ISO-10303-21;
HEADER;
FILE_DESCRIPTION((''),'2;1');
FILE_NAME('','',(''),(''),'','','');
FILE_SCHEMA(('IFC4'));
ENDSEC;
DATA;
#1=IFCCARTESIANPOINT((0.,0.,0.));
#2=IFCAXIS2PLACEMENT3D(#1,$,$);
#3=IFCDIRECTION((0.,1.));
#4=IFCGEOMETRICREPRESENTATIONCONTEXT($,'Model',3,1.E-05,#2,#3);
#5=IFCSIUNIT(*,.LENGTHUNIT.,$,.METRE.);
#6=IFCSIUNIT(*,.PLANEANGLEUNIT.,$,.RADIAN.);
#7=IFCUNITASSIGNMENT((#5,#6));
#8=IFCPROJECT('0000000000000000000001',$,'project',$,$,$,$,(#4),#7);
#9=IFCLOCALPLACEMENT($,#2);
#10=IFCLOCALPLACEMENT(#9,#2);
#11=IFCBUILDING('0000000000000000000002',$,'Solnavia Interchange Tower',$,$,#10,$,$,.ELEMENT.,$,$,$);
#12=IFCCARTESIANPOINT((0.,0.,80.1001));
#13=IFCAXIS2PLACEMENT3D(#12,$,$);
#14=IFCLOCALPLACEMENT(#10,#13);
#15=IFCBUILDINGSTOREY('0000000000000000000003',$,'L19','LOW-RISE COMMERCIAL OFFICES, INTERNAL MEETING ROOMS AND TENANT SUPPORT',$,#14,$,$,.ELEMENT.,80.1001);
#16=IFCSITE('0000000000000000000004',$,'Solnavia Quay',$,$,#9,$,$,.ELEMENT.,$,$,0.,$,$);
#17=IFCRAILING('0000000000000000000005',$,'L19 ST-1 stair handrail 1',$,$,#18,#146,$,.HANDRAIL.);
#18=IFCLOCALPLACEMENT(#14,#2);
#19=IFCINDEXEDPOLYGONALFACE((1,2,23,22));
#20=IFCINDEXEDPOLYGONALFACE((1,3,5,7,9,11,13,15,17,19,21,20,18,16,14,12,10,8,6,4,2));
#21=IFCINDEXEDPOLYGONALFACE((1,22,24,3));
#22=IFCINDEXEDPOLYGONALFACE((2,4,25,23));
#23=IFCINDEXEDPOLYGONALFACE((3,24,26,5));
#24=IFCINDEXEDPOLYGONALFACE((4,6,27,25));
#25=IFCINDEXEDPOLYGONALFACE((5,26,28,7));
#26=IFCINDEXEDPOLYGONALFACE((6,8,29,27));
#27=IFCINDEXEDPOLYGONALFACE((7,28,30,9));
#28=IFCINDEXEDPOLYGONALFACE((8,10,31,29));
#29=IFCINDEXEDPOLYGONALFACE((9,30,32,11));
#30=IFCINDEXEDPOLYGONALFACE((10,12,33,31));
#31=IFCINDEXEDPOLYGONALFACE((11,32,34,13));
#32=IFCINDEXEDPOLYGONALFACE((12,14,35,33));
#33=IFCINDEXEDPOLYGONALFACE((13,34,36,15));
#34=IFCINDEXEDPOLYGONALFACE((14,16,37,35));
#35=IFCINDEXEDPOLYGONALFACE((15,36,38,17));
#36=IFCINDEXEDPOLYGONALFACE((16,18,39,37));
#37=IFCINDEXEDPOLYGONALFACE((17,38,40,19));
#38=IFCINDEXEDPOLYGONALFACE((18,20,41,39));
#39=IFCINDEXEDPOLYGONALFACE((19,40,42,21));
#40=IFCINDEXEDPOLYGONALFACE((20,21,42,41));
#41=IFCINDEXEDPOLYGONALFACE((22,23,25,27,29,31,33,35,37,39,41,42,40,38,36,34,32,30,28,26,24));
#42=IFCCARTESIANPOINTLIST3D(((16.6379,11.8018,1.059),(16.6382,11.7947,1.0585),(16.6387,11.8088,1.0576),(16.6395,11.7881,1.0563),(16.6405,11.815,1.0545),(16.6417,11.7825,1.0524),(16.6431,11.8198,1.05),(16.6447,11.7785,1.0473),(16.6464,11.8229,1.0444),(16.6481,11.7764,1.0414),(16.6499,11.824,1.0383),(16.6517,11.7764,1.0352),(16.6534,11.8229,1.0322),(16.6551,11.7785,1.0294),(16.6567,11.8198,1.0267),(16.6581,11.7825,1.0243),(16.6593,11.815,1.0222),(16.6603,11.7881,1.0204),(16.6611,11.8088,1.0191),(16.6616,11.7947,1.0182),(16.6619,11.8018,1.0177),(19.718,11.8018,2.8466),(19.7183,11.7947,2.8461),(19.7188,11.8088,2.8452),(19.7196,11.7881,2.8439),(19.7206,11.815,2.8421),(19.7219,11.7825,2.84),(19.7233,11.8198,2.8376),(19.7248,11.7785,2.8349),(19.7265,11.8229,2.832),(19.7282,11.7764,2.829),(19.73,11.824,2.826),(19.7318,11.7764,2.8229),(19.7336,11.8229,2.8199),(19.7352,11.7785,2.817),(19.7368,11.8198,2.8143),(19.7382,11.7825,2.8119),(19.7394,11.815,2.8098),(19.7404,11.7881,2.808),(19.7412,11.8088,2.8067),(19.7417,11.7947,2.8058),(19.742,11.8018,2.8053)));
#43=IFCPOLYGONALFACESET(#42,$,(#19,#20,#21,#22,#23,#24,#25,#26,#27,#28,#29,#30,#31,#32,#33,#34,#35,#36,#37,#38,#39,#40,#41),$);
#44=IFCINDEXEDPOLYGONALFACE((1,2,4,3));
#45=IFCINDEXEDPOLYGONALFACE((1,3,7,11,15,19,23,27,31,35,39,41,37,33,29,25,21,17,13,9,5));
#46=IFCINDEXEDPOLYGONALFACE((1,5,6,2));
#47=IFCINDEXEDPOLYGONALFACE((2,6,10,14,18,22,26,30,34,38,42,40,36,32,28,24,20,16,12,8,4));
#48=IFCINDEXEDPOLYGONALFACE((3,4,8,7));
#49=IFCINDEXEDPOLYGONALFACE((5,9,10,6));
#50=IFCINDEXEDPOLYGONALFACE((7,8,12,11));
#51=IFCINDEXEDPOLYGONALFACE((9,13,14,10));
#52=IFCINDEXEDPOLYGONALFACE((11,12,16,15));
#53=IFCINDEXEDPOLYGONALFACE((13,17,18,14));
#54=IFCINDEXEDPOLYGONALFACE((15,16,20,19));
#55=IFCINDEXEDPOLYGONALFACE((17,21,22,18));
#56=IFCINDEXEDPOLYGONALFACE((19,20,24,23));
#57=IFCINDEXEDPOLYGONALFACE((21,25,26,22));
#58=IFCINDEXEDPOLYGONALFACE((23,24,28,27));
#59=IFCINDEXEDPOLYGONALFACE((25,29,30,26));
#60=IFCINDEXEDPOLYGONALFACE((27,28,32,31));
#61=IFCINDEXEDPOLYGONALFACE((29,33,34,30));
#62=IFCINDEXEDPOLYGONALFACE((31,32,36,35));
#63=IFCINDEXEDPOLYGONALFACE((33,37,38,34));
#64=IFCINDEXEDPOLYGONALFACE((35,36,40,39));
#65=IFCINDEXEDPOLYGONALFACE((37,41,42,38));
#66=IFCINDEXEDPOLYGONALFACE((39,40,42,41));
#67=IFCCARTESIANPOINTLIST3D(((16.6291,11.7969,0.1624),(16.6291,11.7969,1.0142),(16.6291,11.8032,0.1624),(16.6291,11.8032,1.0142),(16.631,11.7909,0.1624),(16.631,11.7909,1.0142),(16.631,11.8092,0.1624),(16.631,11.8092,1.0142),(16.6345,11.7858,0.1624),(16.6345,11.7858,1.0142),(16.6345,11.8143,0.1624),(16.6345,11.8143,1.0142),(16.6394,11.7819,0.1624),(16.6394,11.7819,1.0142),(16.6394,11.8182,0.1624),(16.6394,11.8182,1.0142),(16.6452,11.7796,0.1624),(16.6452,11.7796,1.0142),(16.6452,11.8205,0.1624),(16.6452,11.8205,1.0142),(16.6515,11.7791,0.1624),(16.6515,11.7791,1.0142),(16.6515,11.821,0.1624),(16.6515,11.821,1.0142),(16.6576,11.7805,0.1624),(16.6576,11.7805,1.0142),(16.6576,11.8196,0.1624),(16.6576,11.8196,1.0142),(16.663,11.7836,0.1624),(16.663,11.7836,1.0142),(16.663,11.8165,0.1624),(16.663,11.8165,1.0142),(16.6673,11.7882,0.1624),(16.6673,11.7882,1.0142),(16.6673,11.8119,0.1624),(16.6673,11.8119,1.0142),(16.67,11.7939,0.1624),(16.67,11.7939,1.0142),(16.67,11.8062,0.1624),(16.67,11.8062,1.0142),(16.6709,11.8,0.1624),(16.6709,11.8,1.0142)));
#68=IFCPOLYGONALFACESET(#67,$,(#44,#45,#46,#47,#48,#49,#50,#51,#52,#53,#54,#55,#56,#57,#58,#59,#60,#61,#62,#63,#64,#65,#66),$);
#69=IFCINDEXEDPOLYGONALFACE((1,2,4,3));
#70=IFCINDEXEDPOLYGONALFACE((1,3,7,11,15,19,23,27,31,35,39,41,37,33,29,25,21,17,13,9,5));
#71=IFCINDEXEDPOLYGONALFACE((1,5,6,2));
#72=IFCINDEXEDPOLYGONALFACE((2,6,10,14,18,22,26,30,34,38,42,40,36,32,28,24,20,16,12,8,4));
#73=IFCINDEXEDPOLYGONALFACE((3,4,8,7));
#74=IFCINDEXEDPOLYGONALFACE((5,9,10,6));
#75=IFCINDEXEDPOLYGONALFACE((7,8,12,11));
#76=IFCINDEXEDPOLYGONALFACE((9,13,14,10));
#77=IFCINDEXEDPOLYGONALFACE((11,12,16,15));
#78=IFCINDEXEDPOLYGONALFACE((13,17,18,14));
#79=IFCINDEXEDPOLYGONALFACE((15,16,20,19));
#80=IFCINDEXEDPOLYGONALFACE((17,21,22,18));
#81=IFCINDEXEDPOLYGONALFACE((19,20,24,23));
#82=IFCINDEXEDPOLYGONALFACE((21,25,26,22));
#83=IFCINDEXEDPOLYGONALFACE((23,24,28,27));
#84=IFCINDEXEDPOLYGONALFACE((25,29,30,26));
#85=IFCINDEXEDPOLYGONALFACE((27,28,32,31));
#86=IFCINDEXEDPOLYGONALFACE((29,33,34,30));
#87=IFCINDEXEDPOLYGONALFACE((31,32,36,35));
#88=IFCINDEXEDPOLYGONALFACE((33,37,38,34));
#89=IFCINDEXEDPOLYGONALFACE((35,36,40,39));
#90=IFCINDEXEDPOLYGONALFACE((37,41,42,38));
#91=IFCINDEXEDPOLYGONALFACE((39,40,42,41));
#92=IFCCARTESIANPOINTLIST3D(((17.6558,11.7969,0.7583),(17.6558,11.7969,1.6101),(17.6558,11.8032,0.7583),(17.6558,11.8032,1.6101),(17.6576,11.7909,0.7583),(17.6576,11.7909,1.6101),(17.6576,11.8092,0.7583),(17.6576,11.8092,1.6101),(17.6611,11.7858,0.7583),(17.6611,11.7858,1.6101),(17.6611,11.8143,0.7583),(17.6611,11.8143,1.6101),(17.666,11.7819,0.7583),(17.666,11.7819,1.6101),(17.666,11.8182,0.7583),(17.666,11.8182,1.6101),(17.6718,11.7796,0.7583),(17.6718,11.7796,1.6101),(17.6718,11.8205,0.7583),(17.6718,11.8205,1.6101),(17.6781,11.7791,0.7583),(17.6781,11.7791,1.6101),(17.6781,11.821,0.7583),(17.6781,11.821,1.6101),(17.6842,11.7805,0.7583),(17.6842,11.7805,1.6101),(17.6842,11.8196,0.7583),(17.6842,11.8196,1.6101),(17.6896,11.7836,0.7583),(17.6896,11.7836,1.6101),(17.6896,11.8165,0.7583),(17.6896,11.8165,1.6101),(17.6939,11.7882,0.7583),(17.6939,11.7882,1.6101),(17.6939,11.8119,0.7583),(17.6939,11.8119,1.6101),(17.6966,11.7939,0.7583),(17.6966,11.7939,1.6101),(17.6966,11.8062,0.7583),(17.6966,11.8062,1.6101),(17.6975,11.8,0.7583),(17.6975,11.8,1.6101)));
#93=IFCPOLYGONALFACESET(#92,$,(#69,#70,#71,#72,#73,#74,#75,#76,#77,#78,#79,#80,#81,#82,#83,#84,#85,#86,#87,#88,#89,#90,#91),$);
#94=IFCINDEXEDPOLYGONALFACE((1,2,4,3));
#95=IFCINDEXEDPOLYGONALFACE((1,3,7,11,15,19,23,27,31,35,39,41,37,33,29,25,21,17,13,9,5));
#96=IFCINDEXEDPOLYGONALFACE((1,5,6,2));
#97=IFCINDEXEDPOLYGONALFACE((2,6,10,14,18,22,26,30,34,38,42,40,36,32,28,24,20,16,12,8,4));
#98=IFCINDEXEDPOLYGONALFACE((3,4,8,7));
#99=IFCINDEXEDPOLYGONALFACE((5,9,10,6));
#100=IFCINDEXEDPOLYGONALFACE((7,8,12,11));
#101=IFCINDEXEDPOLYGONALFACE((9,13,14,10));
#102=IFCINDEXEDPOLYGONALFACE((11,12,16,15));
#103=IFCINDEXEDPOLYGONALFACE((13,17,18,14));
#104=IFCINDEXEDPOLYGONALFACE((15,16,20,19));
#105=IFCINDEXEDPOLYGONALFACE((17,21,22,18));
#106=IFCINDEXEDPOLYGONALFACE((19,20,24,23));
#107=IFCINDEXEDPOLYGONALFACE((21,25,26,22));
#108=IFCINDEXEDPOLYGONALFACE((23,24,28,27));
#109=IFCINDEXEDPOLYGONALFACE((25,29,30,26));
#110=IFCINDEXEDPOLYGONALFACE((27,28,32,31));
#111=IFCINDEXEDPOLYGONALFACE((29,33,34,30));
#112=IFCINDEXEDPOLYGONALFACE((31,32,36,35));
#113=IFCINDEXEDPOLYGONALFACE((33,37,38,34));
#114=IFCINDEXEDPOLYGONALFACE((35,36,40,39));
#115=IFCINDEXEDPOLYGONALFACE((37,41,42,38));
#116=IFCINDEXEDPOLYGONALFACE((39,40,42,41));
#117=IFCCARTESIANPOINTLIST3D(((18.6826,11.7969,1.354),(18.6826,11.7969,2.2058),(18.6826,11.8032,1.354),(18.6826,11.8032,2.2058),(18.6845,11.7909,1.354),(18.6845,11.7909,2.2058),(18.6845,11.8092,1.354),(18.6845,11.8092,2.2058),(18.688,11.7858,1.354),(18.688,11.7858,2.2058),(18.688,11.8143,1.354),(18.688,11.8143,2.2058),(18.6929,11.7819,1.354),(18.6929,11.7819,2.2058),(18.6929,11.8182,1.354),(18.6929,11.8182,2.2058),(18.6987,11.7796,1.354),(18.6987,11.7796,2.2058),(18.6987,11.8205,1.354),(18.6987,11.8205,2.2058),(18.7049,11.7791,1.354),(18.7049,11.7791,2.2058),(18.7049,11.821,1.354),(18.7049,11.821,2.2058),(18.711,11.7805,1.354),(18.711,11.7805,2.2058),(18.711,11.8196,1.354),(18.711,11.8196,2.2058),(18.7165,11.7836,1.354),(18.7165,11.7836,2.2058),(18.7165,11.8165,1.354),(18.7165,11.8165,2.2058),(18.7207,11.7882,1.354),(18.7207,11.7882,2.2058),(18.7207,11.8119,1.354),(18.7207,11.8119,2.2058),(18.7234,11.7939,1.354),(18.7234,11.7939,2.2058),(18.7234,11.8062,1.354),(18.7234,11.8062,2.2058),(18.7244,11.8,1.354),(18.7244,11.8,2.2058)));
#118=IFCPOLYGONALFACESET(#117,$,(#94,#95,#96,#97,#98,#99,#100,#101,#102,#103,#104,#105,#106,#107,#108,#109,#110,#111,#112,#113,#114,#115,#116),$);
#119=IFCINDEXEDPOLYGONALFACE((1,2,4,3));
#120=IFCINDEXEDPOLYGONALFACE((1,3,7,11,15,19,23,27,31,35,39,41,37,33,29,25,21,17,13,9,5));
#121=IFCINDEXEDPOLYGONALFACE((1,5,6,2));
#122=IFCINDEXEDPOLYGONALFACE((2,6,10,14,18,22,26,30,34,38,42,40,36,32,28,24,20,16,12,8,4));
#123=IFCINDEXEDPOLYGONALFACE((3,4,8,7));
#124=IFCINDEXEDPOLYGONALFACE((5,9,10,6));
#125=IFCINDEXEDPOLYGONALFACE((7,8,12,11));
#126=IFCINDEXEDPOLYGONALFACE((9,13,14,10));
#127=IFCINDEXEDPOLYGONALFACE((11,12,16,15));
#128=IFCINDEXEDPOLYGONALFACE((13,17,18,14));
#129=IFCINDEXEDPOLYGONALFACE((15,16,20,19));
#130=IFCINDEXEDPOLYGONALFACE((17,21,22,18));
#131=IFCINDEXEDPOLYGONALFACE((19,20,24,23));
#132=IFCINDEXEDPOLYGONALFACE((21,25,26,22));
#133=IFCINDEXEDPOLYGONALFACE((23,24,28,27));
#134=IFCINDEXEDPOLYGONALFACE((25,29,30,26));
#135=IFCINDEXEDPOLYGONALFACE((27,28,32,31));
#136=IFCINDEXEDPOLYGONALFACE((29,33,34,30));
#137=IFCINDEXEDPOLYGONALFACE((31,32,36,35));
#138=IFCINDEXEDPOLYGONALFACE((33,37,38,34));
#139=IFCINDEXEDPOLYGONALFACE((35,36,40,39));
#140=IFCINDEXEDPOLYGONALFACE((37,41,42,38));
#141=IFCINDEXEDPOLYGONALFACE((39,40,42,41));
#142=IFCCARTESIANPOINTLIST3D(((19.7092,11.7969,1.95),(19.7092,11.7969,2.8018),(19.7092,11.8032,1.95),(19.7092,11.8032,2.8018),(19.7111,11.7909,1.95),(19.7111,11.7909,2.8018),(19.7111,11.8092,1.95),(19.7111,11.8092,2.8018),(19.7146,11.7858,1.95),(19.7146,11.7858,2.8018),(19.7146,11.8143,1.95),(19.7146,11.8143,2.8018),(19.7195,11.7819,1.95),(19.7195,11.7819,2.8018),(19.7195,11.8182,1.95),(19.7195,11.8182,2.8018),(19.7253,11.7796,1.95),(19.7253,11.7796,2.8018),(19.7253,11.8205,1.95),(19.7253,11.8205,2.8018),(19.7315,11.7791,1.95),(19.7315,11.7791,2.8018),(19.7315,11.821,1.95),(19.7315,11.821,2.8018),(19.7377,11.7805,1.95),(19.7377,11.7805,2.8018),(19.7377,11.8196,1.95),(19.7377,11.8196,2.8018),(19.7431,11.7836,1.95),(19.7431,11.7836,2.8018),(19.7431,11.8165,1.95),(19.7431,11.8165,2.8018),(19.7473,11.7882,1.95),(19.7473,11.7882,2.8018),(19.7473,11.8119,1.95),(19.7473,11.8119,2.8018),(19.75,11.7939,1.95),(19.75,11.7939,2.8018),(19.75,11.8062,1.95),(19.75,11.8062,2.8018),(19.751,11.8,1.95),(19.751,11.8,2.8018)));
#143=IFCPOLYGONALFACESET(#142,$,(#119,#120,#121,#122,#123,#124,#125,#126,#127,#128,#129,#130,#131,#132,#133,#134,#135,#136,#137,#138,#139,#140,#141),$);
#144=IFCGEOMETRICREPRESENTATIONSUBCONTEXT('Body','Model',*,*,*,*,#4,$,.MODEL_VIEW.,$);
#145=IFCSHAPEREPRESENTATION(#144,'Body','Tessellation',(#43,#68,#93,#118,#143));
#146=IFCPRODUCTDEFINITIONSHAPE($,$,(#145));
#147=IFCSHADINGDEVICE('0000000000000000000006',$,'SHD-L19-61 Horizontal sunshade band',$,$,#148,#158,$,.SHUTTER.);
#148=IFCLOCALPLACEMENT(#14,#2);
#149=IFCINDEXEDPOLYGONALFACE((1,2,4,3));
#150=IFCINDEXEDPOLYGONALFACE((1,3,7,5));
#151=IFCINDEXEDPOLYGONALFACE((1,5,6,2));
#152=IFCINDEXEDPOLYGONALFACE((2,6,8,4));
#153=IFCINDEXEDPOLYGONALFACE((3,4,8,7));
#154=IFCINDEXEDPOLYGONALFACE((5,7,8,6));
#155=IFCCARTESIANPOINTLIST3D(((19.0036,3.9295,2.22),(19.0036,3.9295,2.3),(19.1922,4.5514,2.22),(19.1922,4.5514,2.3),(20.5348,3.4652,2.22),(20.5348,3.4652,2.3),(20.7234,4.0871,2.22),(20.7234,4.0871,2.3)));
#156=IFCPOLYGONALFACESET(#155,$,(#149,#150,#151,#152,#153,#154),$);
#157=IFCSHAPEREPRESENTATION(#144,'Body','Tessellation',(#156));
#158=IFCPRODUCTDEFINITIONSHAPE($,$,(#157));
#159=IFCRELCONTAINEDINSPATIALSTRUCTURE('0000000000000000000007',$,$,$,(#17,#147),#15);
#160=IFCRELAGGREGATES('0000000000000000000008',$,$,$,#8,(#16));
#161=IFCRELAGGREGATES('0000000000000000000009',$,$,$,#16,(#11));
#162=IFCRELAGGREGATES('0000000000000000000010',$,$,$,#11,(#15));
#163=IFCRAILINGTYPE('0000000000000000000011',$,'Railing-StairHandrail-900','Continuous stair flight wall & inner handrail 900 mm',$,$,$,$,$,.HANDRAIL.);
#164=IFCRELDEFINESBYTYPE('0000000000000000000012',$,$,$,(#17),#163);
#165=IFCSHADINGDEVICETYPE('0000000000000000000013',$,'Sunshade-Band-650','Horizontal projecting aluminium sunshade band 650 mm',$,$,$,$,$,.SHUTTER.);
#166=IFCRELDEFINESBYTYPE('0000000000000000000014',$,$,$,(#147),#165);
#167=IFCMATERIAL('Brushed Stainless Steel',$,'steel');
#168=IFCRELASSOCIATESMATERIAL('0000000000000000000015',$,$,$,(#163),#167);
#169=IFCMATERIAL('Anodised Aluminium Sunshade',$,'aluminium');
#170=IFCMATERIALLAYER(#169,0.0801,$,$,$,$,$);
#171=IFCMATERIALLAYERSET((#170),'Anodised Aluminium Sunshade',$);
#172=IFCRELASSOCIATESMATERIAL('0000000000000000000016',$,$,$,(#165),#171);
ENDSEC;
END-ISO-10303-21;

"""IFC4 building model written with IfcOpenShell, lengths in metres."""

from ifc_helpers import new_model, si_unit, direction, frame, origin, origin_2d, place, context, subcontext, project, spatial, rectangle, circle, extrude, material, layer, layer_set, type_object, element, save


model = new_model("IFC4")

# Units and contexts
model_context = context("Model", 3, precision=1e-05, world=origin(), true_north=direction((0.0, 1.0)))
body_context = subcontext(model_context, "Body", "Model", "MODEL_VIEW")
ifc_project = project(units=[si_unit("LENGTHUNIT", "METRE"), si_unit("PLANEANGLEUNIT", "RADIAN")], contexts=[model_context])

# Site, building, storey
site_placement = place(None, origin())
site = spatial("IfcSite", under=ifc_project, at=site_placement, Name="Solnavia Quay", CompositionType="ELEMENT", RefElevation=0.0)
building_placement = place(site_placement, origin())
building = spatial("IfcBuilding", under=site, at=building_placement, Name="Solnavia Interchange Tower", CompositionType="ELEMENT")
storey_placement = place(building_placement, frame((0.0, 0.0, 80.1001)))
storey = spatial("IfcBuildingStorey", under=building, at=storey_placement, Name="L19", Description="LOW-RISE COMMERCIAL OFFICES, INTERNAL MEETING ROOMS AND TENANT SUPPORT", CompositionType="ELEMENT", Elevation=80.1001)

# Railing
ifc_material_1 = material(Name="Brushed Stainless Steel", Category="steel")
railing_type_1 = type_object("IfcRailingType", Name="Railing-StairHandrail-900", Description="Continuous stair flight wall & inner handrail 900 mm", PredefinedType="HANDRAIL", material=ifc_material_1)
railing_1_placement = place(storey_placement, frame((16.6499, 11.8, 0.1624)))
element("IfcRailing", 1, at=railing_1_placement, inside=storey, type_object=railing_type_1, Name="L19 ST-1 stair handrail 1", PredefinedType="HANDRAIL", context=body_context, shape_type="SweptSolid", body=[
    extrude(circle(Radius=0.0239, at=origin_2d()), frame((0.0, 0.0, 0.876), z_axis=(0.864891, 0.0, 0.50196), x_axis=(0.0, 1.0, 0.0)), (0.0, 0.0, 1.0), 3.5613),
    extrude(circle(Radius=0.021, at=origin_2d()), origin(), (0.0, 0.0, 1.0), 0.8518),
    extrude(circle(Radius=0.021, at=origin_2d()), frame((1.0266, 0.0, 0.5959)), (0.0, 0.0, 1.0), 0.8518),
    extrude(circle(Radius=0.021, at=origin_2d()), frame((2.0535, 0.0, 1.1917)), (0.0, 0.0, 1.0), 0.8518),
    extrude(circle(Radius=0.021, at=origin_2d()), frame((3.0801, 0.0, 1.7876)), (0.0, 0.0, 1.0), 0.8518),
])

# Shading device
ifc_material_2 = material(Name="Anodised Aluminium Sunshade", Category="aluminium")
ifc_layer_1 = layer(ifc_material_2, 0.0801)
ifc_layer_set_1 = layer_set([ifc_layer_1], Name="Anodised Aluminium Sunshade")
shading_device_type = type_object("IfcShadingDeviceType", Name="Sunshade-Band-650", Description="Horizontal projecting aluminium sunshade band 650 mm", PredefinedType="SHUTTER", material=ifc_layer_set_1)
shading_device_placement = place(storey_placement, frame((19.8635, 4.0083, 2.22), z_axis=(0.0, 0.0, 1.0), x_axis=(-0.956966, 0.290201, 0.0)))
element("IfcShadingDevice", 2, at=shading_device_placement, inside=storey, type_object=shading_device_type, Name="SHD-L19-61 Horizontal sunshade band", PredefinedType="SHUTTER", context=body_context, shape_type="SweptSolid", body=[
    extrude(rectangle(XDim=1.6001, YDim=0.6499, at=origin_2d()), origin(), (0.0, 0.0, 1.0), 0.0801),
])

save(model, "model.ifc")
